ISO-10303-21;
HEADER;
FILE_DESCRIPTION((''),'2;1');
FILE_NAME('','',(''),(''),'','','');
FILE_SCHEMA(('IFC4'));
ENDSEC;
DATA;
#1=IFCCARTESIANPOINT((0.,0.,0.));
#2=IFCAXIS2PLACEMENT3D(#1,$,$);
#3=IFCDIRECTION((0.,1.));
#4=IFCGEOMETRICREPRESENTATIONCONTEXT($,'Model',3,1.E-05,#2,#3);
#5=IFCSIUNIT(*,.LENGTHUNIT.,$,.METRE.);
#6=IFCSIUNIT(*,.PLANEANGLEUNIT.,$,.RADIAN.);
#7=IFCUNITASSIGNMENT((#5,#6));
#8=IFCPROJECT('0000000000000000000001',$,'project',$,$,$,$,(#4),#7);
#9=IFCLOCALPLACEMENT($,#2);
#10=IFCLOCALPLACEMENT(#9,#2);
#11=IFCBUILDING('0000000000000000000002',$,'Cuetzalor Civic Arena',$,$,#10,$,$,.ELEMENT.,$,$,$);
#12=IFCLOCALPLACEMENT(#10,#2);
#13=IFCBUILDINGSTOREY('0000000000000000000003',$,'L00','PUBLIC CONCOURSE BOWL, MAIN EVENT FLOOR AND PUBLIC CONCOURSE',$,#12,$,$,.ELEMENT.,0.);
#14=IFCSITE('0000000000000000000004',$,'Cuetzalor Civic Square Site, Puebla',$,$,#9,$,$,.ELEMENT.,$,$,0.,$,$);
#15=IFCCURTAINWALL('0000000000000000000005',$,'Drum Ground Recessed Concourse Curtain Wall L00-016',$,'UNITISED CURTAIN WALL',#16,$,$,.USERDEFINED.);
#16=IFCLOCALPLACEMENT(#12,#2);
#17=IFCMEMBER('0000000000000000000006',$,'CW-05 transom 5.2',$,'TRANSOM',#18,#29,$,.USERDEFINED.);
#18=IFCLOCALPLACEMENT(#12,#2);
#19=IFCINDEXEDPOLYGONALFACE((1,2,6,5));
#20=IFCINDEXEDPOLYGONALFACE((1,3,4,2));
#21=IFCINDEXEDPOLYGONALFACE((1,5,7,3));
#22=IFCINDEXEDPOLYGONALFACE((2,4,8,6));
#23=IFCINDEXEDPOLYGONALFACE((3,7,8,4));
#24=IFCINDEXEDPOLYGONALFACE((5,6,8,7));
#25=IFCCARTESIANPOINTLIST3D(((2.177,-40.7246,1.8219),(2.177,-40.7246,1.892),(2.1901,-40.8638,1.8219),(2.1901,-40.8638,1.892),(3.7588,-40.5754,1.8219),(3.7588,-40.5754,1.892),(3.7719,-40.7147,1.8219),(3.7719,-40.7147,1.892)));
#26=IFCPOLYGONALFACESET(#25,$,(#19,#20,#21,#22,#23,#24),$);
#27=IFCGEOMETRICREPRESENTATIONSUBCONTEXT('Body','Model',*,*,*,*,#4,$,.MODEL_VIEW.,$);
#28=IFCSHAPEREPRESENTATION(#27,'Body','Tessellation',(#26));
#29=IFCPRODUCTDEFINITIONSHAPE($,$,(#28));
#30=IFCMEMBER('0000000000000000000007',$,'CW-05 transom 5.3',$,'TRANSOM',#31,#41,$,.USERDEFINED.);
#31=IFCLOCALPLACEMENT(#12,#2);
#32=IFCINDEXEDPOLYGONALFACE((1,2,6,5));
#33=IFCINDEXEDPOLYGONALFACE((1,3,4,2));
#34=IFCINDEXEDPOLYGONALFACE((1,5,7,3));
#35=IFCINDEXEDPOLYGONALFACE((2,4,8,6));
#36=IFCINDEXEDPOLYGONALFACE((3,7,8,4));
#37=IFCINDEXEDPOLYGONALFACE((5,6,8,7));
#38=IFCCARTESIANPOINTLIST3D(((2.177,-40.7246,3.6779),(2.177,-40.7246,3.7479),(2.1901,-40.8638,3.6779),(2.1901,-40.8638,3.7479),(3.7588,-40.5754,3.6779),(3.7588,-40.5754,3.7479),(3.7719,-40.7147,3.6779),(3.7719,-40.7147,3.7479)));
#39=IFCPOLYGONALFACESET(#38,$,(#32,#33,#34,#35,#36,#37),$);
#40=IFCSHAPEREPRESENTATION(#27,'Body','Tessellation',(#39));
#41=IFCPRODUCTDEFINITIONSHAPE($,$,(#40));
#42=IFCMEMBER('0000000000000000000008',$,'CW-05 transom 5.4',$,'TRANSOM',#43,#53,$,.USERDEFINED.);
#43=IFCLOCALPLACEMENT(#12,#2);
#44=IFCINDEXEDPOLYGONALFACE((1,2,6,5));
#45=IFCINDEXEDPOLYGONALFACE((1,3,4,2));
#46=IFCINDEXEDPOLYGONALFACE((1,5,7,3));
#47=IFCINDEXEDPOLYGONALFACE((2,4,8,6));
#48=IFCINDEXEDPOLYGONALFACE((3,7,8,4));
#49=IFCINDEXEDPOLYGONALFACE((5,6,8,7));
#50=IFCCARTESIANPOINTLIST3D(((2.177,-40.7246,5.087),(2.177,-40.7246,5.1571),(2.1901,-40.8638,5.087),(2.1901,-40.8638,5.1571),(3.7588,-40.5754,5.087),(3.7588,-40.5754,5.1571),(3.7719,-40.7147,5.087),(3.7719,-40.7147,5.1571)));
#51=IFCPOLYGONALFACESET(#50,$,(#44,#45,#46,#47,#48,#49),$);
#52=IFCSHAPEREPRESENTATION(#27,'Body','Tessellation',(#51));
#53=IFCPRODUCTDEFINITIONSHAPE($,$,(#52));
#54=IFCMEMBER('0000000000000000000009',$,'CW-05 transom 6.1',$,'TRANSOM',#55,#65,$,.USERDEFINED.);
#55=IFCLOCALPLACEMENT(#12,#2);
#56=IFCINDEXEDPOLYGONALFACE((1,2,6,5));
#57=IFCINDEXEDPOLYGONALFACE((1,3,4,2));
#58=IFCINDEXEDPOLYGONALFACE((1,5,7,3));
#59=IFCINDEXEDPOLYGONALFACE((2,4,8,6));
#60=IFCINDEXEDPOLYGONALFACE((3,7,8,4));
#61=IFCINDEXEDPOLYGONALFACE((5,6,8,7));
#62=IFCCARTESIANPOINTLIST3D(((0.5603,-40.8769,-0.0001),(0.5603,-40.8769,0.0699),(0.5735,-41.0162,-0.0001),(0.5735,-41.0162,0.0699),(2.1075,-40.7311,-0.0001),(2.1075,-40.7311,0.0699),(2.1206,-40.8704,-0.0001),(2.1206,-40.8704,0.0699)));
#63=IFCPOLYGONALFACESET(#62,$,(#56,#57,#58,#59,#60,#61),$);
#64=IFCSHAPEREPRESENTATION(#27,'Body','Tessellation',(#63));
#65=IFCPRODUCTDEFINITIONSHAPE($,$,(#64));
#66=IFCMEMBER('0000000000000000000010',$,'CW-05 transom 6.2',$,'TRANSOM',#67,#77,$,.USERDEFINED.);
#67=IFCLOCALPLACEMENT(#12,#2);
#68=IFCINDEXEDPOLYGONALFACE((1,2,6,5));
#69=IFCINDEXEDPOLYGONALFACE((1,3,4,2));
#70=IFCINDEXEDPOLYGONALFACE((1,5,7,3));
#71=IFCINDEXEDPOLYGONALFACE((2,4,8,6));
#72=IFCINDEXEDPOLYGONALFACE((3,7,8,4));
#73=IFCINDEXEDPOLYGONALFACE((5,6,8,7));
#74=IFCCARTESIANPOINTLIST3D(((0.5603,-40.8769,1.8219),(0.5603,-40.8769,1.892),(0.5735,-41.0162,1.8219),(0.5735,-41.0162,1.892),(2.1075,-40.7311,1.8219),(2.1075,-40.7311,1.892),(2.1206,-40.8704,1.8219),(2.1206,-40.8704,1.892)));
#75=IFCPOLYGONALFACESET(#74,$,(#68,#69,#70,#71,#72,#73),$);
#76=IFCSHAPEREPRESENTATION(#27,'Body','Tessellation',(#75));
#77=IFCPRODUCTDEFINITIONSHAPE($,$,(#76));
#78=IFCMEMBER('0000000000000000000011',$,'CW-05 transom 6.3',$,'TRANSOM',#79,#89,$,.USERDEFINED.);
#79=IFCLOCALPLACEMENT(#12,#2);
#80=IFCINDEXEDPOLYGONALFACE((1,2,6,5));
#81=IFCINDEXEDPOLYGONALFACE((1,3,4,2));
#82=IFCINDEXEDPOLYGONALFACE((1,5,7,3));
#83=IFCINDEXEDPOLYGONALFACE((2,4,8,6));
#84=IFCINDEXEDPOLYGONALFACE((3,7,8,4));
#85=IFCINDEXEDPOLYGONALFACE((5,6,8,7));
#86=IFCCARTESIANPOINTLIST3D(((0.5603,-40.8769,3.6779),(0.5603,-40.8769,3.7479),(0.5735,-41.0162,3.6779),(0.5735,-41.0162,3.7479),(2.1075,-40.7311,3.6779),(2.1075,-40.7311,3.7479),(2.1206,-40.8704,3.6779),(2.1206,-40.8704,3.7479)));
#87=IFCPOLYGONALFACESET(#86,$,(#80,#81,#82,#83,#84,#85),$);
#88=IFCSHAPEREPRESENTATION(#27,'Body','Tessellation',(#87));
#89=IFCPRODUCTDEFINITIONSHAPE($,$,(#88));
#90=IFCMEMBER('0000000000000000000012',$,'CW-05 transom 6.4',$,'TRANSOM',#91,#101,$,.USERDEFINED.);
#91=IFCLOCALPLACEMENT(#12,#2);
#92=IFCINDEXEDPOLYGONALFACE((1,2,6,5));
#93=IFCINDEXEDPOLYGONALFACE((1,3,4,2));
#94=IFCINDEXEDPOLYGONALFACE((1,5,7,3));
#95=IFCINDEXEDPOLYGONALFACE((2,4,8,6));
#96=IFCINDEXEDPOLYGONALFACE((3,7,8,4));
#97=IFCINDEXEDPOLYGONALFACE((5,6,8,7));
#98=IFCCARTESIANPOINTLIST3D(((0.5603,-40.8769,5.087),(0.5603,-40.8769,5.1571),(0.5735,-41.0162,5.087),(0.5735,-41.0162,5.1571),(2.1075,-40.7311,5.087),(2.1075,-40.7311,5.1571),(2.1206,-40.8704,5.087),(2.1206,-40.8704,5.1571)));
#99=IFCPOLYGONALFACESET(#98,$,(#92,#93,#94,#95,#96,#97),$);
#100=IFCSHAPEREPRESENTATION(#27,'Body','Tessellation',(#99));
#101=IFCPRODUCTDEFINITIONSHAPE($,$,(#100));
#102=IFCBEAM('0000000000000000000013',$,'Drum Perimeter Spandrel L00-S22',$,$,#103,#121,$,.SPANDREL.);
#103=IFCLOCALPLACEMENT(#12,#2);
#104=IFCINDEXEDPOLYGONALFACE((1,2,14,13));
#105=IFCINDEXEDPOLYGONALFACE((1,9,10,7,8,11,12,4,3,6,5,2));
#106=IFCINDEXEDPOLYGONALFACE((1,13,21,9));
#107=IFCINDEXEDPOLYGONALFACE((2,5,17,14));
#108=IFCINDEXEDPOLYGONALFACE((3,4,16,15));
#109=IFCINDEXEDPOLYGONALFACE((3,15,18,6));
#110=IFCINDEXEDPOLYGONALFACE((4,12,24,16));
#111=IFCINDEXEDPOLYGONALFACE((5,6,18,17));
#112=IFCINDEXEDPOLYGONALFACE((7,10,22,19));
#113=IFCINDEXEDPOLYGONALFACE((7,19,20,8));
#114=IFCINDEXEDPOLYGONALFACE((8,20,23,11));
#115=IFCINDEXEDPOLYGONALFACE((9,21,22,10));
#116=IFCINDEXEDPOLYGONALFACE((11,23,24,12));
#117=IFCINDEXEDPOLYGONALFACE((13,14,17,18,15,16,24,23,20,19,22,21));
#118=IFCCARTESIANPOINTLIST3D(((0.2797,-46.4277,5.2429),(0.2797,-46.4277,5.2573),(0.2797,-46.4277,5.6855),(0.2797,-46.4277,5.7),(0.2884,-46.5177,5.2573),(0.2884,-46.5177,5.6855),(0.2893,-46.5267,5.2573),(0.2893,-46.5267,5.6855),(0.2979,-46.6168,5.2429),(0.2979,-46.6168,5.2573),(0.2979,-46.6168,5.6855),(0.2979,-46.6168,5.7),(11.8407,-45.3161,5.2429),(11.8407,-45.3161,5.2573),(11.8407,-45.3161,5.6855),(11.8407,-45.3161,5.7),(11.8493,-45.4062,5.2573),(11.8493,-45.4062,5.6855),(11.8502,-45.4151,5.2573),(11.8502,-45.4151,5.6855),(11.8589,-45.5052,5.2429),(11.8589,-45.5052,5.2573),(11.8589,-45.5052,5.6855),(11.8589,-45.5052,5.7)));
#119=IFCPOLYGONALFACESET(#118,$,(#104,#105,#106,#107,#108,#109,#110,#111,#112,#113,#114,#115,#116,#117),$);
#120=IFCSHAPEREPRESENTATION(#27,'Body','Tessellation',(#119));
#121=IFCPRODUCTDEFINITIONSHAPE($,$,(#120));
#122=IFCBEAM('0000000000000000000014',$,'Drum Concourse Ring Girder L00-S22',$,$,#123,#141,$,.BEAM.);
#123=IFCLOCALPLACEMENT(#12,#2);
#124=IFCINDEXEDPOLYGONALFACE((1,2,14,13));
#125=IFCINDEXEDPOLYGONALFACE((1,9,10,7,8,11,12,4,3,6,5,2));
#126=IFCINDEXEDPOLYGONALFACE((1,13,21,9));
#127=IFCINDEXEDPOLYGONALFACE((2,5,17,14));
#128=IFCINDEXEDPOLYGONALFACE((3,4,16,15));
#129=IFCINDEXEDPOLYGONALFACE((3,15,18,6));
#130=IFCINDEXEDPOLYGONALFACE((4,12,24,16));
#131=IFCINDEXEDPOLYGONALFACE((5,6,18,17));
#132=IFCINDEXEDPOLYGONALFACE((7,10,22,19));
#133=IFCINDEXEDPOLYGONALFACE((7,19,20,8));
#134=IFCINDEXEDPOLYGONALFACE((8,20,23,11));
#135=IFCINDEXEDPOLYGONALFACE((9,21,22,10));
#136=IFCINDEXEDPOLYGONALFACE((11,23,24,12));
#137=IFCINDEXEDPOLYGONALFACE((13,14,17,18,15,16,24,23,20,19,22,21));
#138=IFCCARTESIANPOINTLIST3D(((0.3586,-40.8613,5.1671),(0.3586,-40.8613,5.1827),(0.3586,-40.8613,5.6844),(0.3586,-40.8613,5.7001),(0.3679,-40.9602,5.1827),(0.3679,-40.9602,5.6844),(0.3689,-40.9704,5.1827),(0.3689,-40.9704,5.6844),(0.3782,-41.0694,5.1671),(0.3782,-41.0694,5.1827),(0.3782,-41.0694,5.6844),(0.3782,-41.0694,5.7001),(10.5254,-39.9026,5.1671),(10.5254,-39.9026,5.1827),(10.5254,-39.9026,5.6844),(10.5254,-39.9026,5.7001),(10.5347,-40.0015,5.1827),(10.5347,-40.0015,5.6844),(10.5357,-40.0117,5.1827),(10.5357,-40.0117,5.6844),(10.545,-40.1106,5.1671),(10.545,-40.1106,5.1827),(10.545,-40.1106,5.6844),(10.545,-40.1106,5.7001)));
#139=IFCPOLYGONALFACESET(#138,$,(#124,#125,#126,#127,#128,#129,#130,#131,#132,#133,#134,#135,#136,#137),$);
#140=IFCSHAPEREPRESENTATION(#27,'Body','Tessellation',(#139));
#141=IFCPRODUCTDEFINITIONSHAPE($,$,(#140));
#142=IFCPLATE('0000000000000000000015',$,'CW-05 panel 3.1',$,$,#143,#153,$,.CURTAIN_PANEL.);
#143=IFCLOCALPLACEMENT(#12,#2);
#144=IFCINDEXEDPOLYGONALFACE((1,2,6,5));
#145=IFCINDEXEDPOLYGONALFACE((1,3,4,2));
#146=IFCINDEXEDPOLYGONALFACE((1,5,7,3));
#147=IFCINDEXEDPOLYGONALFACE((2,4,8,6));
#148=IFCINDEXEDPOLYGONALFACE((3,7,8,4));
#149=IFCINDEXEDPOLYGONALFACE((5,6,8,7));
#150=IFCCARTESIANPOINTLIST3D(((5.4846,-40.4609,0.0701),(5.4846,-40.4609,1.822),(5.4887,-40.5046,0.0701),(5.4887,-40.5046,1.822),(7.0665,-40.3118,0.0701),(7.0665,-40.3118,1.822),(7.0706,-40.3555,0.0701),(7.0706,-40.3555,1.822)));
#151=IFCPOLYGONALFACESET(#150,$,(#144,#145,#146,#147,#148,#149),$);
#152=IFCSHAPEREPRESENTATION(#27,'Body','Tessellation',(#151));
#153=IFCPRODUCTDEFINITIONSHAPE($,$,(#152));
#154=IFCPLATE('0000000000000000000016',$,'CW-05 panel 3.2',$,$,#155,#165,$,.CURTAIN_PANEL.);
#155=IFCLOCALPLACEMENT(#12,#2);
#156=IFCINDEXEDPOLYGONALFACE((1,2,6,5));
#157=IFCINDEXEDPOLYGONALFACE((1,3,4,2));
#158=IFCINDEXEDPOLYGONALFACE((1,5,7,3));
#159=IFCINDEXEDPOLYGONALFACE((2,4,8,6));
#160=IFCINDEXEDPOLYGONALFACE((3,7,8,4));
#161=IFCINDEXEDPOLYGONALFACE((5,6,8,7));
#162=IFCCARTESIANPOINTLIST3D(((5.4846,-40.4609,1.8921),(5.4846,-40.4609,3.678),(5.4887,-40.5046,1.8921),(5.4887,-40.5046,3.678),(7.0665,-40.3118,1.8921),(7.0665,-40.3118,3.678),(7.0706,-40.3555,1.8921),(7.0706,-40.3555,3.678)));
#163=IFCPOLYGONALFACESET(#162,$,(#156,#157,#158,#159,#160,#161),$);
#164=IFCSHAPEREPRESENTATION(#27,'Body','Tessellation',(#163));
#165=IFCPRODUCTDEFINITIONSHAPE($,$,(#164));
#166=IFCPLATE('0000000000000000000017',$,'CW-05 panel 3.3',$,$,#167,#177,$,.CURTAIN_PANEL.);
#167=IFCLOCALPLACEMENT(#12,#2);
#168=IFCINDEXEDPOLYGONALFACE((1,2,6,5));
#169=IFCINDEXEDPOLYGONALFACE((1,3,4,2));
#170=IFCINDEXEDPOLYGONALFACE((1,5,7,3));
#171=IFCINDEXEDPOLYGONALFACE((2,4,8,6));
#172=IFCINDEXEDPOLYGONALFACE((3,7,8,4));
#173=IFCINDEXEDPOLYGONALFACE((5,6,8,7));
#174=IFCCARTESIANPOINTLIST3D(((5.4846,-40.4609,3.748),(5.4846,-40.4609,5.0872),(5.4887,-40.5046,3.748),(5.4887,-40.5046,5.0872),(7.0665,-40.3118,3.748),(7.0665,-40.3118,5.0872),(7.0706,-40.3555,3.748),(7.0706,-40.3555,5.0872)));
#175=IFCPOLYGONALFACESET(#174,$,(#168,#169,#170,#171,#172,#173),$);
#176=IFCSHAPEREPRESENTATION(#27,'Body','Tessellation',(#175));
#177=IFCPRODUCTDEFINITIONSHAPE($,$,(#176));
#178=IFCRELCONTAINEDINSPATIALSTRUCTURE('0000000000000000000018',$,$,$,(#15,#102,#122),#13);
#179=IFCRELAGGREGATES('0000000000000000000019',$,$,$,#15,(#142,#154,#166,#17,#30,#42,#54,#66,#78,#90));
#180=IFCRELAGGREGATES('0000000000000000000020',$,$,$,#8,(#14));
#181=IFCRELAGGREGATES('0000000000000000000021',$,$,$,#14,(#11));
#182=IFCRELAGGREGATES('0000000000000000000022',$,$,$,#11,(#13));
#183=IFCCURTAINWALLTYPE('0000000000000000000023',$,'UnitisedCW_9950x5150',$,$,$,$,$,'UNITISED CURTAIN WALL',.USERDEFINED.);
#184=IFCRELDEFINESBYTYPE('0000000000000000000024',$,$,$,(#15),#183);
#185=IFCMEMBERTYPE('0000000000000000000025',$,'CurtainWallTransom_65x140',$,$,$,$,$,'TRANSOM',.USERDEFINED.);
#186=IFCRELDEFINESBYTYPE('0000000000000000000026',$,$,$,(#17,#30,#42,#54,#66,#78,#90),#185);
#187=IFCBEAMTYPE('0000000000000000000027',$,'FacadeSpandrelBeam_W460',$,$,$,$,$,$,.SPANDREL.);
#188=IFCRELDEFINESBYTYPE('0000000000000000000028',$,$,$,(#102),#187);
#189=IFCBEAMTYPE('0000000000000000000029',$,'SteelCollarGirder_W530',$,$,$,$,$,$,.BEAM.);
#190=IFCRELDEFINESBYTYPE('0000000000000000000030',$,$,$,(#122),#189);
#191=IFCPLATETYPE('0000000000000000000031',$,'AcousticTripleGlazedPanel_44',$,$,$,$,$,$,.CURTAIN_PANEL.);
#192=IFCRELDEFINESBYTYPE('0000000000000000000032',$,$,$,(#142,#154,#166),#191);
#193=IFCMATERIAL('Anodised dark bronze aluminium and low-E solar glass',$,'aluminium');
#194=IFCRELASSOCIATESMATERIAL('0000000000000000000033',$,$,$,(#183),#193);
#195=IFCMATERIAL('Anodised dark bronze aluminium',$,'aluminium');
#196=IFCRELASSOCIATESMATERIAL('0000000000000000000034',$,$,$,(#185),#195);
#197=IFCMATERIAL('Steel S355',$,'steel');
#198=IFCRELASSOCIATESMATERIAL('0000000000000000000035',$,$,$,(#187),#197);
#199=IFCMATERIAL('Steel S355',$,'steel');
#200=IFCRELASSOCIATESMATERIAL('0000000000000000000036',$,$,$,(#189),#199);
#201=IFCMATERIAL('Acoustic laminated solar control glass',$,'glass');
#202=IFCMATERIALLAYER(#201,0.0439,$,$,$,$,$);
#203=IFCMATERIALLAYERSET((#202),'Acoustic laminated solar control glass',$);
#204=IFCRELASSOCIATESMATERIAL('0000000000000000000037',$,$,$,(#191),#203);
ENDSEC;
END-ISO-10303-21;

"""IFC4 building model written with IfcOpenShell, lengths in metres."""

from ifc_helpers import new_model, si_unit, direction, frame, origin, origin_2d, place, context, subcontext, project, spatial, rectangle, i_section, extrude, material, layer, layer_set, material_profile, profile_set, type_object, element, aggregate, save


model = new_model("IFC4")

# Units and contexts
model_context = context("Model", 3, precision=1e-05, world=origin(), true_north=direction((0.0, 1.0)))
body_context = subcontext(model_context, "Body", "Model", "MODEL_VIEW")
ifc_project = project(units=[si_unit("LENGTHUNIT", "METRE"), si_unit("PLANEANGLEUNIT", "RADIAN")], contexts=[model_context])

# Site, building, storey
site_placement = place(None, origin())
site = spatial("IfcSite", under=ifc_project, at=site_placement, Name="Cuetzalor Civic Square Site, Puebla", CompositionType="ELEMENT", RefElevation=0.0)
building_placement = place(site_placement, origin())
building = spatial("IfcBuilding", under=site, at=building_placement, Name="Cuetzalor Civic Arena", CompositionType="ELEMENT")
storey_placement = place(building_placement, origin())
storey = spatial("IfcBuildingStorey", under=building, at=storey_placement, Name="L00", Description="PUBLIC CONCOURSE BOWL, MAIN EVENT FLOOR AND PUBLIC CONCOURSE", CompositionType="ELEMENT", Elevation=0.0)

# Curtain wall, members
ifc_material_1 = material(Name="Anodised dark bronze aluminium and low-E solar glass", Category="aluminium")
curtain_wall_type = type_object("IfcCurtainWallType", Name="UnitisedCW_9950x5150", ElementType="UNITISED CURTAIN WALL", PredefinedType="USERDEFINED", material=ifc_material_1)
curtain_wall_placement = place(storey_placement, origin())
curtain_wall = element("IfcCurtainWall", 1, at=curtain_wall_placement, inside=storey, type_object=curtain_wall_type, Name="Drum Ground Recessed Concourse Curtain Wall L00-016", ObjectType="UNITISED CURTAIN WALL", PredefinedType="USERDEFINED")
ifc_material_2 = material(Name="Anodised dark bronze aluminium", Category="aluminium")
ifc_material_profile_1 = material_profile(ifc_material_2, rectangle(XDim=0.1399, YDim=0.0701, at=origin_2d()), Name="ALU TRANSOM 70x140")
ifc_profile_set_1 = profile_set([ifc_material_profile_1], Name="Anodised dark bronze aluminium")
member_type_1 = type_object("IfcMemberType", Name="CurtainWallTransom_65x140", ElementType="TRANSOM", PredefinedType="USERDEFINED", material=ifc_profile_set_1)
member_1_placement = place(storey_placement, frame((3.7654, -40.645, 1.8569), z_axis=(-0.995583, -0.093888, 0.0), x_axis=(0.093888, -0.995583, 0.0)))
member_1 = element("IfcMember", 2, at=member_1_placement, type_object=member_type_1, Name="CW-05 transom 5.2", ObjectType="TRANSOM", PredefinedType="USERDEFINED", context=body_context, shape_type="SweptSolid", body=[
    extrude(rectangle(XDim=0.1399, YDim=0.0701, at=origin_2d()), origin(), (0.0, 0.0, 1.0), 1.5889),
])
member_2_placement = place(storey_placement, frame((3.7654, -40.645, 3.7129), z_axis=(-0.995583, -0.093888, 0.0), x_axis=(0.093888, -0.995583, 0.0)))
member_2 = element("IfcMember", 3, at=member_2_placement, type_object=member_type_1, Name="CW-05 transom 5.3", ObjectType="TRANSOM", PredefinedType="USERDEFINED", context=body_context, shape_type="SweptSolid", body=[
    extrude(rectangle(XDim=0.1399, YDim=0.0701, at=origin_2d()), origin(), (0.0, 0.0, 1.0), 1.5889),
])
member_3_placement = place(storey_placement, frame((3.7654, -40.645, 5.1221), z_axis=(-0.995583, -0.093888, 0.0), x_axis=(0.093888, -0.995583, 0.0)))
member_3 = element("IfcMember", 4, at=member_3_placement, type_object=member_type_1, Name="CW-05 transom 5.4", ObjectType="TRANSOM", PredefinedType="USERDEFINED", context=body_context, shape_type="SweptSolid", body=[
    extrude(rectangle(XDim=0.1399, YDim=0.0701, at=origin_2d()), origin(), (0.0, 0.0, 1.0), 1.5889),
])
member_4_placement = place(storey_placement, frame((2.114, -40.8008, 0.0349), z_axis=(-0.995592, -0.093793, 0.0), x_axis=(0.093793, -0.995592, 0.0)))
member_4 = element("IfcMember", 5, at=member_4_placement, type_object=member_type_1, Name="CW-05 transom 6.1", ObjectType="TRANSOM", PredefinedType="USERDEFINED", context=body_context, shape_type="SweptSolid", body=[
    extrude(rectangle(XDim=0.1399, YDim=0.0701, at=origin_2d()), origin(), (0.0, 0.0, 1.0), 1.554),
])
member_5_placement = place(storey_placement, frame((2.114, -40.8008, 1.8569), z_axis=(-0.995592, -0.093793, 0.0), x_axis=(0.093793, -0.995592, 0.0)))
member_5 = element("IfcMember", 6, at=member_5_placement, type_object=member_type_1, Name="CW-05 transom 6.2", ObjectType="TRANSOM", PredefinedType="USERDEFINED", context=body_context, shape_type="SweptSolid", body=[
    extrude(rectangle(XDim=0.1399, YDim=0.0701, at=origin_2d()), origin(), (0.0, 0.0, 1.0), 1.554),
])
member_6_placement = place(storey_placement, frame((2.114, -40.8008, 3.7129), z_axis=(-0.995592, -0.093793, 0.0), x_axis=(0.093793, -0.995592, 0.0)))
member_6 = element("IfcMember", 7, at=member_6_placement, type_object=member_type_1, Name="CW-05 transom 6.3", ObjectType="TRANSOM", PredefinedType="USERDEFINED", context=body_context, shape_type="SweptSolid", body=[
    extrude(rectangle(XDim=0.1399, YDim=0.0701, at=origin_2d()), origin(), (0.0, 0.0, 1.0), 1.554),
])
member_7_placement = place(storey_placement, frame((2.114, -40.8008, 5.1221), z_axis=(-0.995592, -0.093793, 0.0), x_axis=(0.093793, -0.995592, 0.0)))
member_7 = element("IfcMember", 8, at=member_7_placement, type_object=member_type_1, Name="CW-05 transom 6.4", ObjectType="TRANSOM", PredefinedType="USERDEFINED", context=body_context, shape_type="SweptSolid", body=[
    extrude(rectangle(XDim=0.1399, YDim=0.0701, at=origin_2d()), origin(), (0.0, 0.0, 1.0), 1.554),
])

# Beams
ifc_material_3 = material(Name="Steel S355", Category="steel")
ifc_material_profile_2 = material_profile(ifc_material_3, i_section(OverallWidth=0.1899, OverallDepth=0.457, WebThickness=0.009, FlangeThickness=0.0144, at=origin_2d()), Name="W460x74")
ifc_profile_set_2 = profile_set([ifc_material_profile_2], Name="Steel S355")
beam_type_1 = type_object("IfcBeamType", Name="FacadeSpandrelBeam_W460", PredefinedType="SPANDREL", material=ifc_profile_set_2)
beam_1_placement = place(storey_placement, frame((0.2888, -46.5222, 5.4714), z_axis=(0.99541, 0.095707, 0.0), x_axis=(-0.095707, 0.99541, 0.0)))
element("IfcBeam", 9, at=beam_1_placement, inside=storey, type_object=beam_type_1, Name="Drum Perimeter Spandrel L00-S22", PredefinedType="SPANDREL", context=body_context, shape_type="SweptSolid", body=[
    extrude(i_section(OverallWidth=0.1899, OverallDepth=0.457, WebThickness=0.009, FlangeThickness=0.0144, at=origin_2d()), origin(), (0.0, 0.0, 1.0), 11.6143),
])
ifc_material_4 = material(Name="Steel S355", Category="steel")
ifc_material_profile_3 = material_profile(ifc_material_4, i_section(OverallWidth=0.209, OverallDepth=0.533, WebThickness=0.0103, FlangeThickness=0.0156, at=origin_2d()), Name="W530x92")
ifc_profile_set_3 = profile_set([ifc_material_profile_3], Name="Steel S355")
beam_type_2 = type_object("IfcBeamType", Name="SteelCollarGirder_W530", PredefinedType="BEAM", material=ifc_profile_set_3)
beam_2_placement = place(storey_placement, frame((0.3684, -40.9653, 5.4336), z_axis=(0.995583, 0.093885, 0.0), x_axis=(-0.093885, 0.995583, 0.0)))
element("IfcBeam", 10, at=beam_2_placement, inside=storey, type_object=beam_type_2, Name="Drum Concourse Ring Girder L00-S22", PredefinedType="BEAM", context=body_context, shape_type="SweptSolid", body=[
    extrude(i_section(OverallWidth=0.209, OverallDepth=0.533, WebThickness=0.0103, FlangeThickness=0.0156, at=origin_2d()), origin(), (0.0, 0.0, 1.0), 10.2119),
])

# Plates
ifc_material_5 = material(Name="Acoustic laminated solar control glass", Category="glass")
ifc_layer = layer(ifc_material_5, 0.0439)
ifc_layer_set = layer_set([ifc_layer], Name="Acoustic laminated solar control glass")
plate_type = type_object("IfcPlateType", Name="AcousticTripleGlazedPanel_44", PredefinedType="CURTAIN_PANEL", material=ifc_layer_set)
plate_1_placement = place(storey_placement, frame((6.2776, -40.4082, 0.0701), z_axis=(0.0, 0.0, 1.0), x_axis=(-0.995585, -0.093863, 0.0)))
plate_1 = element("IfcPlate", 11, at=plate_1_placement, type_object=plate_type, Name="CW-05 panel 3.1", PredefinedType="CURTAIN_PANEL", context=body_context, shape_type="SweptSolid", body=[
    extrude(rectangle(XDim=1.5889, YDim=0.0439, at=origin_2d()), origin(), (0.0, 0.0, 1.0), 1.752),
])
plate_2_placement = place(storey_placement, frame((6.2776, -40.4082, 1.8921), z_axis=(0.0, 0.0, 1.0), x_axis=(-0.995585, -0.093863, 0.0)))
plate_2 = element("IfcPlate", 12, at=plate_2_placement, type_object=plate_type, Name="CW-05 panel 3.2", PredefinedType="CURTAIN_PANEL", context=body_context, shape_type="SweptSolid", body=[
    extrude(rectangle(XDim=1.5889, YDim=0.0439, at=origin_2d()), origin(), (0.0, 0.0, 1.0), 1.7859),
])
plate_3_placement = place(storey_placement, frame((6.2776, -40.4082, 3.748), z_axis=(0.0, 0.0, 1.0), x_axis=(-0.995585, -0.093863, 0.0)))
plate_3 = element("IfcPlate", 13, at=plate_3_placement, type_object=plate_type, Name="CW-05 panel 3.3", PredefinedType="CURTAIN_PANEL", context=body_context, shape_type="SweptSolid", body=[
    extrude(rectangle(XDim=1.5889, YDim=0.0439, at=origin_2d()), origin(), (0.0, 0.0, 1.0), 1.3391),
])
aggregate(curtain_wall, [plate_1, plate_2, plate_3, member_1, member_2, member_3, member_4, member_5, member_6, member_7])

save(model, "model.ifc")
